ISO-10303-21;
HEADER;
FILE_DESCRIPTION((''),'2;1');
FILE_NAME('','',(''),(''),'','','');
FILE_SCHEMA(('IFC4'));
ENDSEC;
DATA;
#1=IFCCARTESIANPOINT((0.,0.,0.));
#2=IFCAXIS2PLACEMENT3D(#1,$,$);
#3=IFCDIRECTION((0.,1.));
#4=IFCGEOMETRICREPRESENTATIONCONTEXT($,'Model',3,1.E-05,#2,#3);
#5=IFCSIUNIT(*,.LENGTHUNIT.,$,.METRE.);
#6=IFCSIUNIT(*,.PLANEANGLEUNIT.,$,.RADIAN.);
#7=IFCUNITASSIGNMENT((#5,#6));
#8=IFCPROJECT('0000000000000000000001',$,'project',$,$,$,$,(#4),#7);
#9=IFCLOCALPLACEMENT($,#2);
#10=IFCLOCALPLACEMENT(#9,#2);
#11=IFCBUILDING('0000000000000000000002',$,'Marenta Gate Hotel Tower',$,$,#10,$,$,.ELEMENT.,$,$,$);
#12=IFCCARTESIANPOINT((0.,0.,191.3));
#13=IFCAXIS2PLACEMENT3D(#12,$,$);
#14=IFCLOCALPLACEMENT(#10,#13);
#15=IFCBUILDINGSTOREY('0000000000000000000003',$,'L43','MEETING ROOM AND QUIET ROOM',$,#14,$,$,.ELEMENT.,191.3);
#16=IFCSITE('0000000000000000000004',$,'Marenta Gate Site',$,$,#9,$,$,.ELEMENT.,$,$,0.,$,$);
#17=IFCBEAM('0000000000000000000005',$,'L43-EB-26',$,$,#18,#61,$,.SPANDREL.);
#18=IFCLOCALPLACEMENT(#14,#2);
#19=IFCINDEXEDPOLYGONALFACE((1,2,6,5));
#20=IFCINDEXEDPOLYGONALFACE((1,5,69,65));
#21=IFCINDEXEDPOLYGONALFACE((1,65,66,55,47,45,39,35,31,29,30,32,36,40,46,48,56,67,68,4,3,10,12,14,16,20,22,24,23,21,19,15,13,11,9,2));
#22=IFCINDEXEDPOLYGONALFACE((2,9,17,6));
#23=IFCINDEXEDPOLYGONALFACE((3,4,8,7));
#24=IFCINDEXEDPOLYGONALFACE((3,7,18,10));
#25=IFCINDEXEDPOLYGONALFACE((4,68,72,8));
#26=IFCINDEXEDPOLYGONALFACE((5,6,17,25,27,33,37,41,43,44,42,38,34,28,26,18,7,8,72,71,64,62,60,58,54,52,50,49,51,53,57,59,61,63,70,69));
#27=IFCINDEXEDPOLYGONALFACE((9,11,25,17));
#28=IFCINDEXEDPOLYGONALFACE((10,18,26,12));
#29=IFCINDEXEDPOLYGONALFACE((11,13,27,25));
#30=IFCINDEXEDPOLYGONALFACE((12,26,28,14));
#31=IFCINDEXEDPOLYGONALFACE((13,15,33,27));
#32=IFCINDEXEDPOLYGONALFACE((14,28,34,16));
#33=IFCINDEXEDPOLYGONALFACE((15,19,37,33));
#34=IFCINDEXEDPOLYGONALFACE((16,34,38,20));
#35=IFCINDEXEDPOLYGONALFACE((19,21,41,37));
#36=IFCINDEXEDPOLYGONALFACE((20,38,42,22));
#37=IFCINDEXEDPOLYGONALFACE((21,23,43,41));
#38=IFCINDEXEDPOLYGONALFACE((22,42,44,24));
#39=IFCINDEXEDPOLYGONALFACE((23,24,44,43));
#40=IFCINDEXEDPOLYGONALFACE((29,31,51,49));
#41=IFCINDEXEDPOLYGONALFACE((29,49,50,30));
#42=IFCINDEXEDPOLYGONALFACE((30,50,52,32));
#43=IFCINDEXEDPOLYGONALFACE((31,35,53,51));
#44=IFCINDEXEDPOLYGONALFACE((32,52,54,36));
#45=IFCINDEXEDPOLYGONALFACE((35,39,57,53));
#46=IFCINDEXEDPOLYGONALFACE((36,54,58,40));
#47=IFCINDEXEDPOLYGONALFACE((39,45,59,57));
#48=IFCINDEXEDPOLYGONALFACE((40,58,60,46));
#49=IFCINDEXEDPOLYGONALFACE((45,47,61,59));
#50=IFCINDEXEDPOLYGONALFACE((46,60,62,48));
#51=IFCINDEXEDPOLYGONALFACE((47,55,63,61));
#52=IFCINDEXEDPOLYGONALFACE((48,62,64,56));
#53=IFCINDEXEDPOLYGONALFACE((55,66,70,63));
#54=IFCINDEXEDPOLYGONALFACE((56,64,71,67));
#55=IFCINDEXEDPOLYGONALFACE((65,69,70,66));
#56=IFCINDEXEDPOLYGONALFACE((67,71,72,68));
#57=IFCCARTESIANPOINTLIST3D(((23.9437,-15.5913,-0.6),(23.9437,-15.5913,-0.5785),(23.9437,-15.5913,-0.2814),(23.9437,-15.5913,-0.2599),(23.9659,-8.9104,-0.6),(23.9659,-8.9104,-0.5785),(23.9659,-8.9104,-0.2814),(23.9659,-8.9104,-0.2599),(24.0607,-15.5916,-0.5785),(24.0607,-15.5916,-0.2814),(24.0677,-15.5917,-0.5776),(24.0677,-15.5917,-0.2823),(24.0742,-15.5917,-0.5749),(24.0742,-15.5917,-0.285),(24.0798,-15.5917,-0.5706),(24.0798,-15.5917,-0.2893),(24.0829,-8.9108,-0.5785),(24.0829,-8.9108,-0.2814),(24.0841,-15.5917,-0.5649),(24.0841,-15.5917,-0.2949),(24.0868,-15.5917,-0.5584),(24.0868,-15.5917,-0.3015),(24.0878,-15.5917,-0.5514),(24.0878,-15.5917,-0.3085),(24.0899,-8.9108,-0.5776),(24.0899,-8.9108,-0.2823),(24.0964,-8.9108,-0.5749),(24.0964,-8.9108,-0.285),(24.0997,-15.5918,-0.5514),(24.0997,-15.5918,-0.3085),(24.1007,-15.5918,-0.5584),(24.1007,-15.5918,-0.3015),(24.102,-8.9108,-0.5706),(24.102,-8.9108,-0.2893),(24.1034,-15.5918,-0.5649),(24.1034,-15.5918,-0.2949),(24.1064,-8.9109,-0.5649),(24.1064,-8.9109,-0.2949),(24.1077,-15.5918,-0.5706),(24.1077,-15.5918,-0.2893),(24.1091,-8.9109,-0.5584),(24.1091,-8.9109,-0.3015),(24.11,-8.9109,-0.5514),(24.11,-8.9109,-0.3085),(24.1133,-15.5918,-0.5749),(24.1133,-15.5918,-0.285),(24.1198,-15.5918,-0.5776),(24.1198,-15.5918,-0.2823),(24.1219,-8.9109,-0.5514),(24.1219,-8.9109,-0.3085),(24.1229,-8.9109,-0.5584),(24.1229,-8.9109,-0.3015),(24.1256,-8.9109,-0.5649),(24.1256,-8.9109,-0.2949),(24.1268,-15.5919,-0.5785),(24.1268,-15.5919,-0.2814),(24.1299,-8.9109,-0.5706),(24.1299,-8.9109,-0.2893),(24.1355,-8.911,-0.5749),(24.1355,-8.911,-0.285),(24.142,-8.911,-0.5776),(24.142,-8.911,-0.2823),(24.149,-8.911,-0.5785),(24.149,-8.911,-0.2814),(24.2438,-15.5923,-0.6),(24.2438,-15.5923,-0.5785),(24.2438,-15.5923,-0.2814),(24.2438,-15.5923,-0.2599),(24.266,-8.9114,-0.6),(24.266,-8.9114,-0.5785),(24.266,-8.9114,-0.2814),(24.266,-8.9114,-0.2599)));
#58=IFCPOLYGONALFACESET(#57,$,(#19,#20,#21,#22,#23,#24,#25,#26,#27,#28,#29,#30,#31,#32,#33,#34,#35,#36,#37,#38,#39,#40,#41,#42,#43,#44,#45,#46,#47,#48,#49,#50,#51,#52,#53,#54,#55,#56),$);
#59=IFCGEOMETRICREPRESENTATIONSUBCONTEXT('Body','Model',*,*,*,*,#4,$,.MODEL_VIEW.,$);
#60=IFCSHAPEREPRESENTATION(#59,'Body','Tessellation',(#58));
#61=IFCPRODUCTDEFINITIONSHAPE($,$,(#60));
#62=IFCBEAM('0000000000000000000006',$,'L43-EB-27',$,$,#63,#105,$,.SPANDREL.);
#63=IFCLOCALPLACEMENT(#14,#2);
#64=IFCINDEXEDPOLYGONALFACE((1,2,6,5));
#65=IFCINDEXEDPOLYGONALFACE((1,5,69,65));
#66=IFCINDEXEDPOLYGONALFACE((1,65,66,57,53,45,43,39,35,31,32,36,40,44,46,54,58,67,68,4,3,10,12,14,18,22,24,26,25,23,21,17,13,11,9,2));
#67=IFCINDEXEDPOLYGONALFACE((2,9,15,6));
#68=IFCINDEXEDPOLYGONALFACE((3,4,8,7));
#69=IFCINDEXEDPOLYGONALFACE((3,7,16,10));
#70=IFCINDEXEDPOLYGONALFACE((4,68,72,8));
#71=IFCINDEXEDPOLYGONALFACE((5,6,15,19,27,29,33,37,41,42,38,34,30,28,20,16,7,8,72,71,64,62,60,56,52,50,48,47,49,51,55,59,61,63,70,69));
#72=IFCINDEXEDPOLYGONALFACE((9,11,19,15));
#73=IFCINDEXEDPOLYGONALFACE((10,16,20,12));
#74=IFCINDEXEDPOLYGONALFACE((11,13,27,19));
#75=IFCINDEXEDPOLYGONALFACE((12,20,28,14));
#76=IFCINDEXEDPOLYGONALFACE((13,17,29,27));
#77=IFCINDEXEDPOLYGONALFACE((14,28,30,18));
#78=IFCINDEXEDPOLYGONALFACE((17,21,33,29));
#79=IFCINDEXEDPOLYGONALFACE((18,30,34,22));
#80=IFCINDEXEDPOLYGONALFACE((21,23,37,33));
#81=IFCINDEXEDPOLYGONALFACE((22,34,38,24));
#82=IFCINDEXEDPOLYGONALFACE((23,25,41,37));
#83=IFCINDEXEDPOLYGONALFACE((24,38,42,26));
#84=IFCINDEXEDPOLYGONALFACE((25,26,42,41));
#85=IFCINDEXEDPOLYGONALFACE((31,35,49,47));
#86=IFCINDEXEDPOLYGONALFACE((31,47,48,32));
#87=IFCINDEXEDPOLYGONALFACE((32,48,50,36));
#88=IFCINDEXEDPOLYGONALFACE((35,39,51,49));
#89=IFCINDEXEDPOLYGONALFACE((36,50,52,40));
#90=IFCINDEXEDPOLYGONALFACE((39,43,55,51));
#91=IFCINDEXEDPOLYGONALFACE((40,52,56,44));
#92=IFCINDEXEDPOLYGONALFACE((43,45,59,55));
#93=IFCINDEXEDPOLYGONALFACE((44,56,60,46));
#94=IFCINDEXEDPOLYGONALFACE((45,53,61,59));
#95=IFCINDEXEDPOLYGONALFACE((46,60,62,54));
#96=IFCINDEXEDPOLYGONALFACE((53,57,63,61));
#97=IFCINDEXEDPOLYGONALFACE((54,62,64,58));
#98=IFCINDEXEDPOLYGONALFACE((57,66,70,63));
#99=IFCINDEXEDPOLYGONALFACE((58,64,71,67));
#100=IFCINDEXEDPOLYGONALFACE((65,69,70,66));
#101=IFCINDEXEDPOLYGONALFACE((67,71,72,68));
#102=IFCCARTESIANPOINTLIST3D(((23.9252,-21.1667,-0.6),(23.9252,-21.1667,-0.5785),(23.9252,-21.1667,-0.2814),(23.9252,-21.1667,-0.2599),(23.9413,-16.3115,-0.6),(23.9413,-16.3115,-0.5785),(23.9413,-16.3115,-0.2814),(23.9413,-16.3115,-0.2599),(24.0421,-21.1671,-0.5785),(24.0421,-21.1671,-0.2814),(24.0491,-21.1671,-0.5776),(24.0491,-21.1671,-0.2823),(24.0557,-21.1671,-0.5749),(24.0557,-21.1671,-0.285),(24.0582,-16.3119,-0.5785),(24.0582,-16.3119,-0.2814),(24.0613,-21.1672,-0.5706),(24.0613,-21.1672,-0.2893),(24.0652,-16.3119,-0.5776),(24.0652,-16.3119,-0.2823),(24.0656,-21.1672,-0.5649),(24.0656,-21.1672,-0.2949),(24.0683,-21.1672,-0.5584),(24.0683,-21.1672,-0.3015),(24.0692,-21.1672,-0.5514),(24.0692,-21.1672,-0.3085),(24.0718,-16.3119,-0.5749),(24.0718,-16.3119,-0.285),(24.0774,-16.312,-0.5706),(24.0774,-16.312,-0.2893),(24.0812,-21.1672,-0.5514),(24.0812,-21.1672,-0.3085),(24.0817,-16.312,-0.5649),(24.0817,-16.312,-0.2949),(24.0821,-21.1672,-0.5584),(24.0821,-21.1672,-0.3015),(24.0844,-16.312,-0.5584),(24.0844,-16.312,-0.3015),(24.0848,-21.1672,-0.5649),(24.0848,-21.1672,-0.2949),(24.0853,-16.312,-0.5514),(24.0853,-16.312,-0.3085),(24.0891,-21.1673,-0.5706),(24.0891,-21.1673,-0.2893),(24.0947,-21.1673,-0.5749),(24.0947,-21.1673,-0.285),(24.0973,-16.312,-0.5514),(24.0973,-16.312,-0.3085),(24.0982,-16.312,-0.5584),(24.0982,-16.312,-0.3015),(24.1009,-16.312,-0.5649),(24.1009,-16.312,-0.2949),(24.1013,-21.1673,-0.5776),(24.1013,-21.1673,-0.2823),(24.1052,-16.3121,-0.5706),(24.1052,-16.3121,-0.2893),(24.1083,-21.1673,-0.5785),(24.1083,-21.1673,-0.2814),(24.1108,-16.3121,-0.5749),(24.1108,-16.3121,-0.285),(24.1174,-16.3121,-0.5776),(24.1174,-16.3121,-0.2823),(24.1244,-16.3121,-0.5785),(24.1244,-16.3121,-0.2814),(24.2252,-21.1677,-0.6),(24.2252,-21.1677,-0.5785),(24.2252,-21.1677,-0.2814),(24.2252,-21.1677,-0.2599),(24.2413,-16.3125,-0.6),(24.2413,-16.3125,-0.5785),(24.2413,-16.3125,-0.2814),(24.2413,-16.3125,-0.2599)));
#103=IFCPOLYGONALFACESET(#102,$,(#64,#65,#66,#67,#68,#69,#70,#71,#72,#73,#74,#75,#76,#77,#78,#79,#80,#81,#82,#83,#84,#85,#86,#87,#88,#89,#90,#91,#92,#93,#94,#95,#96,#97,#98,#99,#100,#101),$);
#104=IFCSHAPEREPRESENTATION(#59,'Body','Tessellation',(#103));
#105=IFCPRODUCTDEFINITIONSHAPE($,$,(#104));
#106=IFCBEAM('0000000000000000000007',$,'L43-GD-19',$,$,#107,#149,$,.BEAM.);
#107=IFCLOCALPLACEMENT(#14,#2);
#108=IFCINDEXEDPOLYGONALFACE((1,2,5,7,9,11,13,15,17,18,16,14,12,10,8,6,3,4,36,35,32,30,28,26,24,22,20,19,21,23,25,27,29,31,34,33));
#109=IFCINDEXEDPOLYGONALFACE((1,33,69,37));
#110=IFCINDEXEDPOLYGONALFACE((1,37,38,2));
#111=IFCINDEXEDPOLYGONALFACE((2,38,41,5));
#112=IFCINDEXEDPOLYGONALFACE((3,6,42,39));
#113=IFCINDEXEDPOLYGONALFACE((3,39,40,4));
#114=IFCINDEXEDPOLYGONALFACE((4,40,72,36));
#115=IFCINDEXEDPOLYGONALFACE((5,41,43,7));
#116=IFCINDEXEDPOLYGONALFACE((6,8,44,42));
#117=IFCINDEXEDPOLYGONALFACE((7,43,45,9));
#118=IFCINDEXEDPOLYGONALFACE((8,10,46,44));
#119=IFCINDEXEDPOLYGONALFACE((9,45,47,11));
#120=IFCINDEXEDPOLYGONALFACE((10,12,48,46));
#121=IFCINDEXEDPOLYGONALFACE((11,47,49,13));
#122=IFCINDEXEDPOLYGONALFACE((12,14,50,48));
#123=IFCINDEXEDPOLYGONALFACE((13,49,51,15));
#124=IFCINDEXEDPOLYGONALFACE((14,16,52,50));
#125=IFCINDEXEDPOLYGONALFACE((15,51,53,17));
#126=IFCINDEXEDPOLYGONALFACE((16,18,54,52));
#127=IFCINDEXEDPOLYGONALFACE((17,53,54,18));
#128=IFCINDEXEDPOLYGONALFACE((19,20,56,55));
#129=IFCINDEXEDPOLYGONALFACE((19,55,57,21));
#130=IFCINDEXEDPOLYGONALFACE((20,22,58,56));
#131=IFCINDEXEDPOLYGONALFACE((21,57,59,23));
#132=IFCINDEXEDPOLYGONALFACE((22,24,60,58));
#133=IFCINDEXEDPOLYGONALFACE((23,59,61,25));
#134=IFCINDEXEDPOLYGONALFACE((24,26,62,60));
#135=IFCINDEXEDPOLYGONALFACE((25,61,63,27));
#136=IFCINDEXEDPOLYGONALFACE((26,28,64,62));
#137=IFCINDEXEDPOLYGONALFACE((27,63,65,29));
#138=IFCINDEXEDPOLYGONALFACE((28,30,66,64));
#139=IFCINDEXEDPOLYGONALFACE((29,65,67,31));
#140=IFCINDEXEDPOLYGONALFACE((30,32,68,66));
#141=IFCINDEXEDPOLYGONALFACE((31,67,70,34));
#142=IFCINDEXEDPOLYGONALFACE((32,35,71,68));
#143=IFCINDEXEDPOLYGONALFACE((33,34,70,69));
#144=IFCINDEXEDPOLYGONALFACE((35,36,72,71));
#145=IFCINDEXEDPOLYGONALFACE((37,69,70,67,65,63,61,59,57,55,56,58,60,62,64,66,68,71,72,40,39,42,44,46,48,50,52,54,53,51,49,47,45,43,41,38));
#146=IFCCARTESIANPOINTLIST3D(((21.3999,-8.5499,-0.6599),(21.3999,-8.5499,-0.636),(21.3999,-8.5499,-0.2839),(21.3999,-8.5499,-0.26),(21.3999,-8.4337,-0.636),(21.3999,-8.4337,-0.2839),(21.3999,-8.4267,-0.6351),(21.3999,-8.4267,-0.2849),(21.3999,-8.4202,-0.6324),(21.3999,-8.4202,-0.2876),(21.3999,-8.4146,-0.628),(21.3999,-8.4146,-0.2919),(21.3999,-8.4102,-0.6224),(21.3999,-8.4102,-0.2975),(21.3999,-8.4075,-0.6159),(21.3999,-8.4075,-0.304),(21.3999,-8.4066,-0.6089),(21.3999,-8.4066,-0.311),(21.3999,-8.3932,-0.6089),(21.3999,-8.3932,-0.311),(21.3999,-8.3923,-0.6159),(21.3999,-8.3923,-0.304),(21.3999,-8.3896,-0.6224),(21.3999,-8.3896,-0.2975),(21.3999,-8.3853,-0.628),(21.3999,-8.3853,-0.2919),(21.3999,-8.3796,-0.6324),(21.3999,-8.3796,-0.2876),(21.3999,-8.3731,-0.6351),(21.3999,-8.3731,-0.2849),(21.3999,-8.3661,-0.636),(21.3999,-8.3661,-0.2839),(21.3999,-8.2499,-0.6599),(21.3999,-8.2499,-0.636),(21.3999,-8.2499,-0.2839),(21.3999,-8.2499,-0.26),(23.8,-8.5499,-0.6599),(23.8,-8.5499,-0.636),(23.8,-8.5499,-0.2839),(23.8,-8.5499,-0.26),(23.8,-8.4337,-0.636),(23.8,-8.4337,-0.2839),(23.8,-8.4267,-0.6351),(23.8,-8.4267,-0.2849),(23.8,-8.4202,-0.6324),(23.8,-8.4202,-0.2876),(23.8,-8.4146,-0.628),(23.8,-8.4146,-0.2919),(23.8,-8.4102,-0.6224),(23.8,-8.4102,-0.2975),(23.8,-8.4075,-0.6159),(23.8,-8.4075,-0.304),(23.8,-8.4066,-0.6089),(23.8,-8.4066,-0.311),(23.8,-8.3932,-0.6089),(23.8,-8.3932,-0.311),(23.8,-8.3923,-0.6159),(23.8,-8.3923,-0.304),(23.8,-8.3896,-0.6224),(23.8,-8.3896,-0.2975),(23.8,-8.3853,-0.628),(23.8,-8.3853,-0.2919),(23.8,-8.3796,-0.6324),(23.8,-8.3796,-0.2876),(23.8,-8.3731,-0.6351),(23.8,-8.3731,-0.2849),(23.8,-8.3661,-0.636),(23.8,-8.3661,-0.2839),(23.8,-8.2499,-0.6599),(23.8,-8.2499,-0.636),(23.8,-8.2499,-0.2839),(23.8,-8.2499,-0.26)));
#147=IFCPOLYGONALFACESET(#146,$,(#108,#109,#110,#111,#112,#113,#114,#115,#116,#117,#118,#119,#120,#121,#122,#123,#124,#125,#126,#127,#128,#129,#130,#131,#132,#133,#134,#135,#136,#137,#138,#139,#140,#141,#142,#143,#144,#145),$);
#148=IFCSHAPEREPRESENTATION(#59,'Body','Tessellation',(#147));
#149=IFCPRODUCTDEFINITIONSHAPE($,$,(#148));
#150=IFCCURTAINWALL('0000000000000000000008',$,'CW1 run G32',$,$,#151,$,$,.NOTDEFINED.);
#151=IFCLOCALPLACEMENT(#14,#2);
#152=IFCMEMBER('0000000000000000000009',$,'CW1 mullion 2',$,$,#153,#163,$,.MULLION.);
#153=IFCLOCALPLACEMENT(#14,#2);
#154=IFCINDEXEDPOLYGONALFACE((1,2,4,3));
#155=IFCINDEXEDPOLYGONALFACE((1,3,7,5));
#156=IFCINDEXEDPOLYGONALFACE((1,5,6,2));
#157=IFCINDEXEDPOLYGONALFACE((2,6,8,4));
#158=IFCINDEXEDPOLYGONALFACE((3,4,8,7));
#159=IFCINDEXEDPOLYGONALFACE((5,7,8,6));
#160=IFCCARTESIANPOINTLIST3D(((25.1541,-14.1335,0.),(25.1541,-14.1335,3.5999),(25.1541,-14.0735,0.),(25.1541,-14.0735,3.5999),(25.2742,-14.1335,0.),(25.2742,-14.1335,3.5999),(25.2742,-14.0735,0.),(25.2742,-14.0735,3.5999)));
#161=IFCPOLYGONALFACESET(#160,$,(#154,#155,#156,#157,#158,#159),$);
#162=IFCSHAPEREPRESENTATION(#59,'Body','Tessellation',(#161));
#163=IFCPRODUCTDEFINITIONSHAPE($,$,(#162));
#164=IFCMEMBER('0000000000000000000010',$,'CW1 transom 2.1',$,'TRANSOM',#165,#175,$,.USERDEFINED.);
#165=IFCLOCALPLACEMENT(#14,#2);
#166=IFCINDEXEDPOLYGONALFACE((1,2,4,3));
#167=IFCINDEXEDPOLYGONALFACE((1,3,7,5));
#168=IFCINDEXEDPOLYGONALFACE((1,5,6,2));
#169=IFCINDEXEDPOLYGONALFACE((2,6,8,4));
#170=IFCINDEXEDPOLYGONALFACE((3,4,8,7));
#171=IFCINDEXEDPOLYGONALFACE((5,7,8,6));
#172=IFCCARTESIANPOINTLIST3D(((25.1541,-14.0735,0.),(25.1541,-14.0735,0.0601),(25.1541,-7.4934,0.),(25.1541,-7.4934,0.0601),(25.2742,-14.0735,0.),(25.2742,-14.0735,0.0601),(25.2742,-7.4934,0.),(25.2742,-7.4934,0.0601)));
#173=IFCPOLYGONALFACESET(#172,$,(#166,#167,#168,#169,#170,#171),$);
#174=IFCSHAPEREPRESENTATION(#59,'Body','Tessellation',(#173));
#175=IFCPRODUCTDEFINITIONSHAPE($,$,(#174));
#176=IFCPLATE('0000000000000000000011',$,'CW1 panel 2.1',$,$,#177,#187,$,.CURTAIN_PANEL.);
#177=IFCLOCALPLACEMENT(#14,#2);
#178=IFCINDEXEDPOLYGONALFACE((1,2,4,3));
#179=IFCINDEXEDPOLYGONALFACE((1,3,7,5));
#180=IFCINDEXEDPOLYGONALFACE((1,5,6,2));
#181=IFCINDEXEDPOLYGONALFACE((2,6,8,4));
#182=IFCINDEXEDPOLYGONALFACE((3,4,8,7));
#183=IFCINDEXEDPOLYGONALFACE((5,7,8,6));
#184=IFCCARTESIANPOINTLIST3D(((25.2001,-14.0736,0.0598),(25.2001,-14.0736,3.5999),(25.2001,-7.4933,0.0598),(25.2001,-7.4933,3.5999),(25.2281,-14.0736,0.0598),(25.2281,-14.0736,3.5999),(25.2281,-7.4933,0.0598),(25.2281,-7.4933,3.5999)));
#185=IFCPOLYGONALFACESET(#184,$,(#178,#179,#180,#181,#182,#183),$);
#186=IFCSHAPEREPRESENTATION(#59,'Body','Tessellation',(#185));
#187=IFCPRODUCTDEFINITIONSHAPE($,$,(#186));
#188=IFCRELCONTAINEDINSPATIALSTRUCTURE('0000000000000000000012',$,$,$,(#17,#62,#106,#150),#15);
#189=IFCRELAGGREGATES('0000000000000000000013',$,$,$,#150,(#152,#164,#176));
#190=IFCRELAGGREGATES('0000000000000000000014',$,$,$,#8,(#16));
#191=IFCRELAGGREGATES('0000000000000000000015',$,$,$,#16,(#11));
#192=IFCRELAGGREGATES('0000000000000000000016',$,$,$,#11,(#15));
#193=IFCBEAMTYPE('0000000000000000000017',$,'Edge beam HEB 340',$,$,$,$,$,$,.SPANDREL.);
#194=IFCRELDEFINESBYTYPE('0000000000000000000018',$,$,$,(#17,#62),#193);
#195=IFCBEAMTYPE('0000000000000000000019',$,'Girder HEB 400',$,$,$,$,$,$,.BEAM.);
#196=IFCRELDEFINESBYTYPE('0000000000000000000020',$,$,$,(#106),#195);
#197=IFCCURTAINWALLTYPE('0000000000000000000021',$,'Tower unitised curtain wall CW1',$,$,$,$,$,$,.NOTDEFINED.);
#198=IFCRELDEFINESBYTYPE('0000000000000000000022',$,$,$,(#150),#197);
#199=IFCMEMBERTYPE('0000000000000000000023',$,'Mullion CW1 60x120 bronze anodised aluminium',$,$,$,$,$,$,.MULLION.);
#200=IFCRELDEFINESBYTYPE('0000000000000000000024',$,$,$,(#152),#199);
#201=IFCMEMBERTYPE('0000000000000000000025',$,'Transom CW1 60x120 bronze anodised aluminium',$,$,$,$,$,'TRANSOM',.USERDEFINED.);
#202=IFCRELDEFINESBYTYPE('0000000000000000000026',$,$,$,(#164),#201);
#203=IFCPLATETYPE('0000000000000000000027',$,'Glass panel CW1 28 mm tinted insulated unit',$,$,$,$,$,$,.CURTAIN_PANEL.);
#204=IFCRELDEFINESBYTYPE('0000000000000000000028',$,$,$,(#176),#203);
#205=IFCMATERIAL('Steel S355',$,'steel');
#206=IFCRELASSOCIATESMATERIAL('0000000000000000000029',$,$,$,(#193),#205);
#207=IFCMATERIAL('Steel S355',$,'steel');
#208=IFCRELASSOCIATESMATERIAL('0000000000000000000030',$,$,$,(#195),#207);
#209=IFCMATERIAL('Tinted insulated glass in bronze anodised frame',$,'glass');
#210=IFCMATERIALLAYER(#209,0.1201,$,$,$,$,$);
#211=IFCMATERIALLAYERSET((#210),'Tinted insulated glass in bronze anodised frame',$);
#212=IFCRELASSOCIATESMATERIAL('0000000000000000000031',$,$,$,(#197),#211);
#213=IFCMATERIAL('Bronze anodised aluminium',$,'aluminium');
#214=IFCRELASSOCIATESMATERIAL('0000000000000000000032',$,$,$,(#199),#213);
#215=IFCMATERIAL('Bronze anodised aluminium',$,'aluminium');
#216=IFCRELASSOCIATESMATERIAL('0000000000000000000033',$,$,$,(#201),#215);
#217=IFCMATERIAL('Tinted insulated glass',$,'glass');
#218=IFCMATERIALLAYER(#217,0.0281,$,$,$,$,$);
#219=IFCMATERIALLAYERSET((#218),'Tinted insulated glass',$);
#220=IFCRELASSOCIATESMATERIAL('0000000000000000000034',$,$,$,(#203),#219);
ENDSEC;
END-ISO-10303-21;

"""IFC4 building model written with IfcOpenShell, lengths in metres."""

from ifc_helpers import new_model, si_unit, direction, frame, origin, origin_2d, place, context, subcontext, project, spatial, rectangle, i_section, extrude, material, layer, layer_set, material_profile, profile_set, type_object, element, aggregate, save


model = new_model("IFC4")

# Units and contexts
model_context = context("Model", 3, precision=1e-05, world=origin(), true_north=direction((0.0, 1.0)))
body_context = subcontext(model_context, "Body", "Model", "MODEL_VIEW")
ifc_project = project(units=[si_unit("LENGTHUNIT", "METRE"), si_unit("PLANEANGLEUNIT", "RADIAN")], contexts=[model_context])

# Site, building, storey
site_placement = place(None, origin())
site = spatial("IfcSite", under=ifc_project, at=site_placement, Name="Marenta Gate Site", CompositionType="ELEMENT", RefElevation=0.0)
building_placement = place(site_placement, origin())
building = spatial("IfcBuilding", under=site, at=building_placement, Name="Marenta Gate Hotel Tower", CompositionType="ELEMENT")
storey_placement = place(building_placement, frame((0.0, 0.0, 191.3)))
storey = spatial("IfcBuildingStorey", under=building, at=storey_placement, Name="L43", Description="MEETING ROOM AND QUIET ROOM", CompositionType="ELEMENT", Elevation=191.3)

# Beams
ifc_material_1 = material(Name="Steel S355", Category="steel")
ifc_material_profile_1 = material_profile(ifc_material_1, i_section(OverallWidth=0.3, OverallDepth=0.3401, WebThickness=0.012, FlangeThickness=0.0215, FilletRadius=0.0271, at=origin_2d()), Name="HEB 340")
ifc_profile_set_1 = profile_set([ifc_material_profile_1], Name="Steel S355")
beam_type_1 = type_object("IfcBeamType", Name="Edge beam HEB 340", PredefinedType="SPANDREL", material=ifc_profile_set_1)
beam_1_placement = place(storey_placement, frame((24.116, -8.9109, -0.4299), z_axis=(-0.003325, -0.999994, 0.0), x_axis=(0.999994, -0.003325, 0.0)))
element("IfcBeam", 1, at=beam_1_placement, inside=storey, type_object=beam_type_1, Name="L43-EB-26", PredefinedType="SPANDREL", context=body_context, shape_type="SweptSolid", body=[
    extrude(i_section(OverallWidth=0.3, OverallDepth=0.3401, WebThickness=0.012, FlangeThickness=0.0215, FilletRadius=0.0271, at=origin_2d()), origin(), (0.0, 0.0, 1.0), 6.6809),
])
beam_2_placement = place(storey_placement, frame((24.0913, -16.312, -0.4299), z_axis=(-0.003319, -0.999994, 0.0), x_axis=(0.999994, -0.003319, 0.0)))
element("IfcBeam", 2, at=beam_2_placement, inside=storey, type_object=beam_type_1, Name="L43-EB-27", PredefinedType="SPANDREL", context=body_context, shape_type="SweptSolid", body=[
    extrude(i_section(OverallWidth=0.3, OverallDepth=0.3401, WebThickness=0.012, FlangeThickness=0.0215, FilletRadius=0.0271, at=origin_2d()), origin(), (0.0, 0.0, 1.0), 4.8552),
])
ifc_material_2 = material(Name="Steel S355", Category="steel")
ifc_material_profile_2 = material_profile(ifc_material_2, i_section(OverallWidth=0.3, OverallDepth=0.3999, WebThickness=0.0134, FlangeThickness=0.0239, FilletRadius=0.0271, at=origin_2d()), Name="HEB 400")
ifc_profile_set_2 = profile_set([ifc_material_profile_2], Name="Steel S355")
beam_type_2 = type_object("IfcBeamType", Name="Girder HEB 400", PredefinedType="BEAM", material=ifc_profile_set_2)
beam_3_placement = place(storey_placement, frame((21.3999, -8.3999, -0.46), z_axis=(1.0, 0.0, 0.0), x_axis=(0.0, 1.0, 0.0)))
element("IfcBeam", 3, at=beam_3_placement, inside=storey, type_object=beam_type_2, Name="L43-GD-19", PredefinedType="BEAM", context=body_context, shape_type="SweptSolid", body=[
    extrude(i_section(OverallWidth=0.3, OverallDepth=0.3999, WebThickness=0.0134, FlangeThickness=0.0239, FilletRadius=0.0271, at=origin_2d()), origin(), (0.0, 0.0, 1.0), 2.4001),
])

# Curtain wall, members, plate
ifc_material_3 = material(Name="Tinted insulated glass in bronze anodised frame", Category="glass")
ifc_layer_1 = layer(ifc_material_3, 0.1201)
ifc_layer_set_1 = layer_set([ifc_layer_1], Name="Tinted insulated glass in bronze anodised frame")
curtain_wall_type = type_object("IfcCurtainWallType", Name="Tower unitised curtain wall CW1", PredefinedType="NOTDEFINED", material=ifc_layer_set_1)
curtain_wall_placement = place(storey_placement, origin())
curtain_wall = element("IfcCurtainWall", 4, at=curtain_wall_placement, inside=storey, type_object=curtain_wall_type, Name="CW1 run G32", PredefinedType="NOTDEFINED")
ifc_material_4 = material(Name="Bronze anodised aluminium", Category="aluminium")
ifc_material_profile_3 = material_profile(ifc_material_4, rectangle(XDim=0.1201, YDim=0.0601, at=origin_2d()), Name="Mullion CW1 60x120 bronze anodised aluminium")
ifc_profile_set_3 = profile_set([ifc_material_profile_3], Name="Bronze anodised aluminium")
member_type_1 = type_object("IfcMemberType", Name="Mullion CW1 60x120 bronze anodised aluminium", PredefinedType="MULLION", material=ifc_profile_set_3)
member_1_placement = place(storey_placement, frame((25.2141, -14.1035, 0.0), z_axis=(0.0, 0.0, 1.0), x_axis=(-1.0, 0.0, 0.0)))
member_1 = element("IfcMember", 5, at=member_1_placement, type_object=member_type_1, Name="CW1 mullion 2", PredefinedType="MULLION", context=body_context, shape_type="SweptSolid", body=[
    extrude(rectangle(XDim=0.1201, YDim=0.0601, at=origin_2d()), origin(), (0.0, 0.0, 1.0), 3.5999),
])
ifc_material_5 = material(Name="Bronze anodised aluminium", Category="aluminium")
ifc_material_profile_4 = material_profile(ifc_material_5, rectangle(XDim=0.1201, YDim=0.0601, at=origin_2d()), Name="Transom CW1 60x120 bronze anodised aluminium")
ifc_profile_set_4 = profile_set([ifc_material_profile_4], Name="Bronze anodised aluminium")
member_type_2 = type_object("IfcMemberType", Name="Transom CW1 60x120 bronze anodised aluminium", ElementType="TRANSOM", PredefinedType="USERDEFINED", material=ifc_profile_set_4)
member_2_placement = place(storey_placement, frame((25.2141, -14.0735, 0.03), z_axis=(0.0, 1.0, 0.0), x_axis=(-1.0, 0.0, 0.0)))
member_2 = element("IfcMember", 6, at=member_2_placement, type_object=member_type_2, Name="CW1 transom 2.1", ObjectType="TRANSOM", PredefinedType="USERDEFINED", context=body_context, shape_type="SweptSolid", body=[
    extrude(rectangle(XDim=0.1201, YDim=0.0601, at=origin_2d()), origin(), (0.0, 0.0, 1.0), 6.5801),
])
ifc_material_6 = material(Name="Tinted insulated glass", Category="glass")
ifc_layer_2 = layer(ifc_material_6, 0.0281)
ifc_layer_set_2 = layer_set([ifc_layer_2], Name="Tinted insulated glass")
plate_type = type_object("IfcPlateType", Name="Glass panel CW1 28 mm tinted insulated unit", PredefinedType="CURTAIN_PANEL", material=ifc_layer_set_2)
plate_placement = place(storey_placement, frame((25.2141, -10.7834, 0.0598), z_axis=(0.0, 0.0, 1.0), x_axis=(0.0, 1.0, 0.0)))
plate = element("IfcPlate", 7, at=plate_placement, type_object=plate_type, Name="CW1 panel 2.1", PredefinedType="CURTAIN_PANEL", context=body_context, shape_type="SweptSolid", body=[
    extrude(rectangle(XDim=6.5803, YDim=0.0281, at=origin_2d()), origin(), (0.0, 0.0, 1.0), 3.54),
])
aggregate(curtain_wall, [member_1, member_2, plate])

save(model, "model.ifc")
